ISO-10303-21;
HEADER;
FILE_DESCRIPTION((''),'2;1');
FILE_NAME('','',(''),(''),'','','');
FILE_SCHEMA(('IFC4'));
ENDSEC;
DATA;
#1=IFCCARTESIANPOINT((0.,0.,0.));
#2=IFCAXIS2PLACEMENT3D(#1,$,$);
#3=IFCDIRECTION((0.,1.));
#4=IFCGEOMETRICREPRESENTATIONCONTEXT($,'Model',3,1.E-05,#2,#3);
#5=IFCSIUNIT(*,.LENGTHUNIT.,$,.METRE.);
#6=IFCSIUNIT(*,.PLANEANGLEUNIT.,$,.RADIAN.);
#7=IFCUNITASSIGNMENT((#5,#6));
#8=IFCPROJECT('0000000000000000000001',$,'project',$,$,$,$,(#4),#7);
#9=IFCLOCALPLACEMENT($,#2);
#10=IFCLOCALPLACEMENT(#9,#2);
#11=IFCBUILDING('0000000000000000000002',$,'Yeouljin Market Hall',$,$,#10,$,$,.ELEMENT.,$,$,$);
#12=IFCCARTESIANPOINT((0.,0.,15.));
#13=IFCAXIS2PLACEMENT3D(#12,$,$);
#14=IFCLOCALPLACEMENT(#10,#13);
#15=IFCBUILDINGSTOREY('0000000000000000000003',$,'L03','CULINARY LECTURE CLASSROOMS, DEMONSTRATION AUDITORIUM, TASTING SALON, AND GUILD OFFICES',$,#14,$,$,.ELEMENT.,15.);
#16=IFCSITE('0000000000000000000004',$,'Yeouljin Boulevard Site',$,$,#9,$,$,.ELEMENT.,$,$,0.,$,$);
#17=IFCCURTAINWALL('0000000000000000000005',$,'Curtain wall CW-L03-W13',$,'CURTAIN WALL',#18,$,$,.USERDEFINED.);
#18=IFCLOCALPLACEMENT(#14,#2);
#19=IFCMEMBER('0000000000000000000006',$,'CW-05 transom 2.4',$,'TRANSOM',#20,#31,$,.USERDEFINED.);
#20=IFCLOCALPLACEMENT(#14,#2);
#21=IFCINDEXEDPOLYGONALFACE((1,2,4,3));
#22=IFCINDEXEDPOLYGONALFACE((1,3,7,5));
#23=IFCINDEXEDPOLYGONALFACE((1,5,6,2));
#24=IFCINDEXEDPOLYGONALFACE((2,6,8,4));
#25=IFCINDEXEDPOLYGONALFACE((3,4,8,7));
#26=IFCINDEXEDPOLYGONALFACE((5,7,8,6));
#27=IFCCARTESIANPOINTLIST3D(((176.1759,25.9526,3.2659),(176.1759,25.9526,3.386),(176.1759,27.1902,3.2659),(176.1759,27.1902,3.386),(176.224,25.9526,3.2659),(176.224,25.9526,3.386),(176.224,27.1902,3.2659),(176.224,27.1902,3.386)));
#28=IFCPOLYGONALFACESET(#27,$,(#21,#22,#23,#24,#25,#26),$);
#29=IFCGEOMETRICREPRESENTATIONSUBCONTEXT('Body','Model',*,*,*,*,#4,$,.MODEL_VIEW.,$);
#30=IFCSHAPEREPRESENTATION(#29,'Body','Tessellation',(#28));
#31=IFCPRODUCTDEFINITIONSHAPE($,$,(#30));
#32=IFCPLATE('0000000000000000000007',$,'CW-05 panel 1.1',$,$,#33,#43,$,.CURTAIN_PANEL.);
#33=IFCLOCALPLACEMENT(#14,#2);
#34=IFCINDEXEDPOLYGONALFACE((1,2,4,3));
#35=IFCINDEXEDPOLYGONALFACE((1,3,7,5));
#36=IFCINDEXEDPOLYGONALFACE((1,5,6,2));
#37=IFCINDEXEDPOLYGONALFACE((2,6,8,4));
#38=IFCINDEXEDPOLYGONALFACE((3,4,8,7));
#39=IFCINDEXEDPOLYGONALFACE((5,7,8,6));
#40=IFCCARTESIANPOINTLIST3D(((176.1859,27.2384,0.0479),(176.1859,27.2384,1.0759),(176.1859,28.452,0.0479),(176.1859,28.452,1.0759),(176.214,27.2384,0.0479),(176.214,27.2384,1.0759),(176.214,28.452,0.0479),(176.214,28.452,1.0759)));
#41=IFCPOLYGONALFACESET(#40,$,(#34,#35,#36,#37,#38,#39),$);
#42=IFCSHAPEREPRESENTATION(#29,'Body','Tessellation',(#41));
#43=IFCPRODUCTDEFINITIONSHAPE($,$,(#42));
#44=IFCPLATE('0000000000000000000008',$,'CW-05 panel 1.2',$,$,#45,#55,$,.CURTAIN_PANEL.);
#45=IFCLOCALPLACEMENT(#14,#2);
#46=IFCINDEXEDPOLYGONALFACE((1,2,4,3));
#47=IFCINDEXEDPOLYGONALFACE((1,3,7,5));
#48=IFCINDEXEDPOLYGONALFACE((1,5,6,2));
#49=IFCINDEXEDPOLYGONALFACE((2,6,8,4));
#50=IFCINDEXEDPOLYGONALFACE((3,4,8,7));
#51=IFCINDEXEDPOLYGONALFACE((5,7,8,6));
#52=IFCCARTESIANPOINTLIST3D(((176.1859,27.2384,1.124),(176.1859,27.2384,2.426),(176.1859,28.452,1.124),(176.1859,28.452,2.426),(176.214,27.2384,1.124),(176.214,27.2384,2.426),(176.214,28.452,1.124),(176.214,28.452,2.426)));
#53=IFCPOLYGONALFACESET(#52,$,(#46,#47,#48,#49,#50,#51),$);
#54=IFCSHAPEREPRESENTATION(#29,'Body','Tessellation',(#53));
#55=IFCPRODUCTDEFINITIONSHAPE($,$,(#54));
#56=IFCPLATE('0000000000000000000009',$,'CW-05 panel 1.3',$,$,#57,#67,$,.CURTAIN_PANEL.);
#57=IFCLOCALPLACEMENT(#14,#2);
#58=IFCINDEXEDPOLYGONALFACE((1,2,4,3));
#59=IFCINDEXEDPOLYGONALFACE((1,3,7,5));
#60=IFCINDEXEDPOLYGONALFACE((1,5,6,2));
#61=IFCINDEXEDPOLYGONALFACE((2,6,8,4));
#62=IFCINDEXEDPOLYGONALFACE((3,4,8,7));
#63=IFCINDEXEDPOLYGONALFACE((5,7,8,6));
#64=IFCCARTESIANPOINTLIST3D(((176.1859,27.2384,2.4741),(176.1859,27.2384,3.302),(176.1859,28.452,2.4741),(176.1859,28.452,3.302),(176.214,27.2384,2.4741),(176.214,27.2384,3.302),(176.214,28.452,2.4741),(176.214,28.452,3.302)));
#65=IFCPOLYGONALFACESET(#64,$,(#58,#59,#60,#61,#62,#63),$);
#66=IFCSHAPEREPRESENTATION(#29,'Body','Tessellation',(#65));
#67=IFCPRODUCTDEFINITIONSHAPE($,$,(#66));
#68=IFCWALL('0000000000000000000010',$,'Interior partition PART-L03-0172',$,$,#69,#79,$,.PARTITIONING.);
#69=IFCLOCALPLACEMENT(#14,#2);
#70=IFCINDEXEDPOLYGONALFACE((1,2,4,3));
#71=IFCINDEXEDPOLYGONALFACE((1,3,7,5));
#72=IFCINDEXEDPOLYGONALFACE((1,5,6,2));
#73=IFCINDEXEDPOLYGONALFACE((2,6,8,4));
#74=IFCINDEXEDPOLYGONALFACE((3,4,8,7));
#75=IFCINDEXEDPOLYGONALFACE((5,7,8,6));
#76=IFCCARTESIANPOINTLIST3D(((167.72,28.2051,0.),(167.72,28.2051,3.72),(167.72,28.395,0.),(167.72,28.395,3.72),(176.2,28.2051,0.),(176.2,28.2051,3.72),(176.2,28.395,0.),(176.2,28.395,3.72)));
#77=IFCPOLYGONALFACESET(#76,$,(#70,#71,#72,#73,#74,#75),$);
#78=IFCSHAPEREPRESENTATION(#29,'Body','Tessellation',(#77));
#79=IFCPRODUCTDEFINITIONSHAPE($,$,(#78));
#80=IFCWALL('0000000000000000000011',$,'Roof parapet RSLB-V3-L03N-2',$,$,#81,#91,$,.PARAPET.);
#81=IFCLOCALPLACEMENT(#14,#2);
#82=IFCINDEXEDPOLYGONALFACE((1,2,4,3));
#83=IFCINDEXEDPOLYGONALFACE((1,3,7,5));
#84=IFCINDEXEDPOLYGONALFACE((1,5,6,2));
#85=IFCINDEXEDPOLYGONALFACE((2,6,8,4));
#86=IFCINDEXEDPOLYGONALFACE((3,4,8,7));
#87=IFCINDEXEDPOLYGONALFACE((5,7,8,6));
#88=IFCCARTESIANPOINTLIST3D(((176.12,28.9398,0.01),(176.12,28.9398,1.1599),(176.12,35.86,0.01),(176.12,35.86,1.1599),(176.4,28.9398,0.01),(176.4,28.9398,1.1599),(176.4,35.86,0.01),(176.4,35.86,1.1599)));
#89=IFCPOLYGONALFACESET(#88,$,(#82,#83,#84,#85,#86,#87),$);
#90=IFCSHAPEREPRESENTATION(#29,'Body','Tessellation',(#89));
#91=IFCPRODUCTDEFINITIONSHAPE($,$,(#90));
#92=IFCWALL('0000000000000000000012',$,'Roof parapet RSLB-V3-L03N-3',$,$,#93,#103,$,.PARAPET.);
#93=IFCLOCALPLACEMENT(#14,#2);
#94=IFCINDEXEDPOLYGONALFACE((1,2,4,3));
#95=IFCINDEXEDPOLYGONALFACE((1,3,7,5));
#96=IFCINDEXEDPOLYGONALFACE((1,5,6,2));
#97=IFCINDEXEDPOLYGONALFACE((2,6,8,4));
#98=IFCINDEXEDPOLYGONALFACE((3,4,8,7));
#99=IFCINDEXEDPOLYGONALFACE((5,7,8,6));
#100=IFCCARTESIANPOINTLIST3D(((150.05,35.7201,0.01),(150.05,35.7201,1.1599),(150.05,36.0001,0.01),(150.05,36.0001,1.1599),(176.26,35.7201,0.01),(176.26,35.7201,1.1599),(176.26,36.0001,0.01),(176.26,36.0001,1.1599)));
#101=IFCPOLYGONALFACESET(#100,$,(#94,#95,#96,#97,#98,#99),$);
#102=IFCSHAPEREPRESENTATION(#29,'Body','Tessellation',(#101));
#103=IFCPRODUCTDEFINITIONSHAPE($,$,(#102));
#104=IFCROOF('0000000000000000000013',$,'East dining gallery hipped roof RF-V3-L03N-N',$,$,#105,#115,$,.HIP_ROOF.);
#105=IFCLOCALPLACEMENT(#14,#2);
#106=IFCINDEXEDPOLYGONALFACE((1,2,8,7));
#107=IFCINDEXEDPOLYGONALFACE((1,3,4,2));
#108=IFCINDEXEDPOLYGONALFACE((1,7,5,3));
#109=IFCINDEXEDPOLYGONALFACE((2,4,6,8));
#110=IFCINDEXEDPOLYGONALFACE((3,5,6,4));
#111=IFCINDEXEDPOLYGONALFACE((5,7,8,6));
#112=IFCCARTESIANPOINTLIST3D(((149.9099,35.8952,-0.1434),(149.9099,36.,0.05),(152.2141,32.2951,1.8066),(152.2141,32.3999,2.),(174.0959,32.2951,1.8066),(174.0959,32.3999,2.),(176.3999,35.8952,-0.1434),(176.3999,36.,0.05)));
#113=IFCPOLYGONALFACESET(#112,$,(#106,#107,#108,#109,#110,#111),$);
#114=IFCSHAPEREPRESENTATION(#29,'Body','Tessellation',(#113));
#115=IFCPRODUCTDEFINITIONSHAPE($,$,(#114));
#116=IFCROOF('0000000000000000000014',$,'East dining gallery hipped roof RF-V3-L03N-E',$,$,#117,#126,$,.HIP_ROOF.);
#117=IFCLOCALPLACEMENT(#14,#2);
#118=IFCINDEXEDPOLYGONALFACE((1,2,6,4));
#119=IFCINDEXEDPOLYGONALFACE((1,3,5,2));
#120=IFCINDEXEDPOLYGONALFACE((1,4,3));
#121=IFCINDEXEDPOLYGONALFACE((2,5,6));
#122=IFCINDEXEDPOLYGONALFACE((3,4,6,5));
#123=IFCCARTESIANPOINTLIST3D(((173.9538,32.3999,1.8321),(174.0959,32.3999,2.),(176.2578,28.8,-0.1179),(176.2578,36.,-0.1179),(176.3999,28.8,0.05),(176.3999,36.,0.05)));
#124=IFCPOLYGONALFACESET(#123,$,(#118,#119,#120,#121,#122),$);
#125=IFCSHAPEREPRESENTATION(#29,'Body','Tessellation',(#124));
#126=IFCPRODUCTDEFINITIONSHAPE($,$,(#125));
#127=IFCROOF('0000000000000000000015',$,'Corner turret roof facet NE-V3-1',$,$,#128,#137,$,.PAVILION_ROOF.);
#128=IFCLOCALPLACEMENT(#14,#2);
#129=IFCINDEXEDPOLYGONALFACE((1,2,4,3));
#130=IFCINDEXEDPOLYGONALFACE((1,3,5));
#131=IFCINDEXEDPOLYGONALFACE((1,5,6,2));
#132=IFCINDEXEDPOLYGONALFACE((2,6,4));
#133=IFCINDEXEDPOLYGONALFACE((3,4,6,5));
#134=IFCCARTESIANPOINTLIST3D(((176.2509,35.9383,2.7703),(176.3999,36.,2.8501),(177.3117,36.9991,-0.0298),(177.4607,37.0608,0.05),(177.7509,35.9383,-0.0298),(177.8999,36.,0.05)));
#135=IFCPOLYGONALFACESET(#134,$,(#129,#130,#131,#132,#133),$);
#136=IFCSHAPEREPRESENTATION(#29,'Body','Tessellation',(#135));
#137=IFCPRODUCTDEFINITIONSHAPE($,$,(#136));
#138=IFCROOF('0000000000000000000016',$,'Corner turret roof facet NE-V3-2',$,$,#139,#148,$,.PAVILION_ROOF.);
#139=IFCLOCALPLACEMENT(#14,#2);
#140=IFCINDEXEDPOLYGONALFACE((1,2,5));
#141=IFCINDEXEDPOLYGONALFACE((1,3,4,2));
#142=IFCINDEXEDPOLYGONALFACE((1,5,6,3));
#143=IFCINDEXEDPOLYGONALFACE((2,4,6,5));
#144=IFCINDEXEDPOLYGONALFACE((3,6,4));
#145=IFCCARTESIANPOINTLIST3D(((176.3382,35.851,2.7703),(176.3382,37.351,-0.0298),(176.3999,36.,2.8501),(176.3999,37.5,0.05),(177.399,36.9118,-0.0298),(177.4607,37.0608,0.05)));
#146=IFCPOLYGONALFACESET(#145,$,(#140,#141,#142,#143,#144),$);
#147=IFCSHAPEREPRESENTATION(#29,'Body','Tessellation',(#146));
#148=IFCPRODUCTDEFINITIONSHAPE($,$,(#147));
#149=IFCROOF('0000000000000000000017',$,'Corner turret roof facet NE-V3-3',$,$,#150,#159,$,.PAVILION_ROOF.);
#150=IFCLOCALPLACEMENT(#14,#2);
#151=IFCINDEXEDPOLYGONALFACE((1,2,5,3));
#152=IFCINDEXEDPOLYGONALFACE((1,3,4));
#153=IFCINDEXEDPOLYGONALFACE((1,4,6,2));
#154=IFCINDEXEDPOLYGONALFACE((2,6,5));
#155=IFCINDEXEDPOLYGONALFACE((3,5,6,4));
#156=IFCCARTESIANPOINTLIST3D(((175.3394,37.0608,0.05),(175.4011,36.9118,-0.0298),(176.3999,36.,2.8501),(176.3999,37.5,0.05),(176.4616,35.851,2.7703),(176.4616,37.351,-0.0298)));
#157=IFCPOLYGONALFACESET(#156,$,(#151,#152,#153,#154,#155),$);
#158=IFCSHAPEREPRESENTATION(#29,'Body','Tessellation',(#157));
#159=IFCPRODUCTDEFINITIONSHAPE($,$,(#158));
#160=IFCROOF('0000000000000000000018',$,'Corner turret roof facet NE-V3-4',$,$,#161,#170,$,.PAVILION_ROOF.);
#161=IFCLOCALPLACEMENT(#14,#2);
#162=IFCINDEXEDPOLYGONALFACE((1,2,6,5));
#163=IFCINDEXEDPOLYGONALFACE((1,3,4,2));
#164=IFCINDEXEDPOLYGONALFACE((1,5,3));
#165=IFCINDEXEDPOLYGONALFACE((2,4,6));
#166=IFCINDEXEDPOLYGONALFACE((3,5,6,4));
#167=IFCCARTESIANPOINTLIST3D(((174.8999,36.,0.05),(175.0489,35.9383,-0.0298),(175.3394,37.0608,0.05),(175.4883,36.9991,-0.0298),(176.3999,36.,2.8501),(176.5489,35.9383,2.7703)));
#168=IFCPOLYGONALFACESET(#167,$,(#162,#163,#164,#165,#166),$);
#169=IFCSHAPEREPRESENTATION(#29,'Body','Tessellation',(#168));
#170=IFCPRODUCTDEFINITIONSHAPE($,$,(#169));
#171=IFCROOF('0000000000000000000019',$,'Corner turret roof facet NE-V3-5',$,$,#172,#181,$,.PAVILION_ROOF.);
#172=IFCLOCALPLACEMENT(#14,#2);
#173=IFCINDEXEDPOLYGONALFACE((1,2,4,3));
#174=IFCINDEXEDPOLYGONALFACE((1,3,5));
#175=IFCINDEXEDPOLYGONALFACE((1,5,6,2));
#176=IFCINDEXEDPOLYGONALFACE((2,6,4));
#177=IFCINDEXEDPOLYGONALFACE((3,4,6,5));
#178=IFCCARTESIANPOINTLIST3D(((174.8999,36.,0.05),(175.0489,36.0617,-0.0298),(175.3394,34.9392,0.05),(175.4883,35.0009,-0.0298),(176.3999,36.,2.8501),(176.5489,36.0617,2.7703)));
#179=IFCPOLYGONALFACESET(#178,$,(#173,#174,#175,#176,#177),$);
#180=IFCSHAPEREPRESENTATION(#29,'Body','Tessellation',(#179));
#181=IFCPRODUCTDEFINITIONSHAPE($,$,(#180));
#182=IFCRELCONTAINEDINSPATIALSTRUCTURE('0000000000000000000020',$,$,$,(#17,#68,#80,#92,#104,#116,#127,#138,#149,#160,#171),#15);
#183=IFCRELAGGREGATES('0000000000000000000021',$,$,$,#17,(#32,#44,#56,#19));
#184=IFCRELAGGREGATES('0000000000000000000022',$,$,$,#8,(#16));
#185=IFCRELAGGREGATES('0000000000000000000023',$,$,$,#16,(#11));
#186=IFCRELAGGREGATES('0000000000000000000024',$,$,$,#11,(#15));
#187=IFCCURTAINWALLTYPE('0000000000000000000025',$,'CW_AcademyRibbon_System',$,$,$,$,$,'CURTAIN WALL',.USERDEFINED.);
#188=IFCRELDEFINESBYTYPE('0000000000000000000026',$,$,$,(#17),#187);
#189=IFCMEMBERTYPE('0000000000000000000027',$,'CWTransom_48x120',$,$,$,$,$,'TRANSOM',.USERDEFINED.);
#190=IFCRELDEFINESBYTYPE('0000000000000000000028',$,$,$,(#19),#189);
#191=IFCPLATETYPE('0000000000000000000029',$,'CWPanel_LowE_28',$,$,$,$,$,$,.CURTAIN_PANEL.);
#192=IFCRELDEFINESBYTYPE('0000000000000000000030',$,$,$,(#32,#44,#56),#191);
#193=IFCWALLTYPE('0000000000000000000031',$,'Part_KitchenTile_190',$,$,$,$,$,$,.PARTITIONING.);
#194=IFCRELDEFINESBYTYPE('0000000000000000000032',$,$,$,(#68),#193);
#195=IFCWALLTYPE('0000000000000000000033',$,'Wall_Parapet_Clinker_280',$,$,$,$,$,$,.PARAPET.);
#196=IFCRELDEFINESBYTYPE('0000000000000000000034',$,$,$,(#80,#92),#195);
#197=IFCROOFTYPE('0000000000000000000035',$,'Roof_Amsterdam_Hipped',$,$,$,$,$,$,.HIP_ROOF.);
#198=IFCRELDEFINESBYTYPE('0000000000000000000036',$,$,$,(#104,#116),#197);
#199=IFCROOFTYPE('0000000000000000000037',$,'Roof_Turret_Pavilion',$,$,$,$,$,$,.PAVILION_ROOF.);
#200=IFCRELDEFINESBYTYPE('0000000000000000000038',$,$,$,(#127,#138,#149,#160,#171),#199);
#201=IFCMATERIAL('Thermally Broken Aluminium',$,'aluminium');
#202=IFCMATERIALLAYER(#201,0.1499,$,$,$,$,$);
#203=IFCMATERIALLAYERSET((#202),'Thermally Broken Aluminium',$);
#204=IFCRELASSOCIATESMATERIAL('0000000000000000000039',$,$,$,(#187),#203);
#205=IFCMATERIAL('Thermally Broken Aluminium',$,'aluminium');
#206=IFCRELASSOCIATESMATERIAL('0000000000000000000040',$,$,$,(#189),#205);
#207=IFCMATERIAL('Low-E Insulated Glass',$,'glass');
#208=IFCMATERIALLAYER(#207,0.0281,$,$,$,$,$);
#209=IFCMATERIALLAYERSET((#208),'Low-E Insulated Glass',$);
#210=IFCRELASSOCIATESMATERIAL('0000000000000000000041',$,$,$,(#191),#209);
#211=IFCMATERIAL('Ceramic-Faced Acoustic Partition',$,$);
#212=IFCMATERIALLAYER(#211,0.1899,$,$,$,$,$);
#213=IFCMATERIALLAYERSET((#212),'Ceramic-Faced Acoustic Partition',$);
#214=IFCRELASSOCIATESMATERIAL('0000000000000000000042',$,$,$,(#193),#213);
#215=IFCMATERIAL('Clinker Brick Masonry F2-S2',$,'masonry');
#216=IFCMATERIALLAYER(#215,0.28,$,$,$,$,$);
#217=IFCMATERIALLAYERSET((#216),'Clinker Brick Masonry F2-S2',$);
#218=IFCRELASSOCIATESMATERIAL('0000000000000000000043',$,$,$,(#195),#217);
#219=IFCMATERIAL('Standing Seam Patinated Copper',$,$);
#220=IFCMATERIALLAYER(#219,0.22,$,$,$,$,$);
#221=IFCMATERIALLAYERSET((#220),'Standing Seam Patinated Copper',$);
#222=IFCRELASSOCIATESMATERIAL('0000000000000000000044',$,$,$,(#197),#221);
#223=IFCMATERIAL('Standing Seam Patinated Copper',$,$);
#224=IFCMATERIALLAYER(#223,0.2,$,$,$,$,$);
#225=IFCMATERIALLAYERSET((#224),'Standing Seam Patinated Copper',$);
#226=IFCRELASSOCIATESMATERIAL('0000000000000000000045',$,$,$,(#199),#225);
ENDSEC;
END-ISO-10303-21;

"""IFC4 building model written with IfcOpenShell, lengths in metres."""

from ifc_helpers import new_model, si_unit, direction, frame, frame_2d, origin, origin_2d, place, context, subcontext, project, spatial, polyline, rectangle, outline, extrude, material, layer, layer_set, material_profile, profile_set, type_object, element, aggregate, save


model = new_model("IFC4")

# Units and contexts
model_context = context("Model", 3, precision=1e-05, world=origin(), true_north=direction((0.0, 1.0)))
body_context = subcontext(model_context, "Body", "Model", "MODEL_VIEW")
ifc_project = project(units=[si_unit("LENGTHUNIT", "METRE"), si_unit("PLANEANGLEUNIT", "RADIAN")], contexts=[model_context])

# Site, building, storey
site_placement = place(None, origin())
site = spatial("IfcSite", under=ifc_project, at=site_placement, Name="Yeouljin Boulevard Site", CompositionType="ELEMENT", RefElevation=0.0)
building_placement = place(site_placement, origin())
building = spatial("IfcBuilding", under=site, at=building_placement, Name="Yeouljin Market Hall", CompositionType="ELEMENT")
storey_placement = place(building_placement, frame((0.0, 0.0, 15.0)))
storey = spatial("IfcBuildingStorey", under=building, at=storey_placement, Name="L03", Description="CULINARY LECTURE CLASSROOMS, DEMONSTRATION AUDITORIUM, TASTING SALON, AND GUILD OFFICES", CompositionType="ELEMENT", Elevation=15.0)

# Curtain wall, member, plates
ifc_material_1 = material(Name="Thermally Broken Aluminium", Category="aluminium")
ifc_layer_1 = layer(ifc_material_1, 0.1499)
ifc_layer_set_1 = layer_set([ifc_layer_1], Name="Thermally Broken Aluminium")
curtain_wall_type = type_object("IfcCurtainWallType", Name="CW_AcademyRibbon_System", ElementType="CURTAIN WALL", PredefinedType="USERDEFINED", material=ifc_layer_set_1)
curtain_wall_placement = place(storey_placement, origin())
curtain_wall = element("IfcCurtainWall", 1, at=curtain_wall_placement, inside=storey, type_object=curtain_wall_type, Name="Curtain wall CW-L03-W13", ObjectType="CURTAIN WALL", PredefinedType="USERDEFINED")
ifc_material_2 = material(Name="Thermally Broken Aluminium", Category="aluminium")
ifc_material_profile_1 = material_profile(ifc_material_2, rectangle(XDim=0.0481, YDim=0.1201, at=origin_2d()), Name="CW-TRAN-48x120")
ifc_profile_set_1 = profile_set([ifc_material_profile_1], Name="Thermally Broken Aluminium")
member_type_1 = type_object("IfcMemberType", Name="CWTransom_48x120", ElementType="TRANSOM", PredefinedType="USERDEFINED", material=ifc_profile_set_1)
member_1_placement = place(storey_placement, frame((176.2, 27.1902, 3.3259), z_axis=(0.0, -1.0, 0.0), x_axis=(1.0, 0.0, 0.0)))
member_1 = element("IfcMember", 2, at=member_1_placement, type_object=member_type_1, Name="CW-05 transom 2.4", ObjectType="TRANSOM", PredefinedType="USERDEFINED", context=body_context, shape_type="SweptSolid", body=[
    extrude(rectangle(XDim=0.0481, YDim=0.1201, at=origin_2d()), origin(), (0.0, 0.0, 1.0), 1.2375),
])
ifc_material_3 = material(Name="Low-E Insulated Glass", Category="glass")
ifc_layer_2 = layer(ifc_material_3, 0.0281)
ifc_layer_set_2 = layer_set([ifc_layer_2], Name="Low-E Insulated Glass")
plate_type = type_object("IfcPlateType", Name="CWPanel_LowE_28", PredefinedType="CURTAIN_PANEL", material=ifc_layer_set_2)
plate_1_placement = place(storey_placement, frame((176.2, 27.8452, 0.0479), z_axis=(0.0, 0.0, 1.0), x_axis=(0.0, -1.0, 0.0)))
plate_1 = element("IfcPlate", 3, at=plate_1_placement, type_object=plate_type, Name="CW-05 panel 1.1", PredefinedType="CURTAIN_PANEL", context=body_context, shape_type="SweptSolid", body=[
    extrude(rectangle(XDim=1.2136, YDim=0.0281, at=origin_2d()), origin(), (0.0, 0.0, 1.0), 1.0281),
])
plate_2_placement = place(storey_placement, frame((176.2, 27.8452, 1.124), z_axis=(0.0, 0.0, 1.0), x_axis=(0.0, -1.0, 0.0)))
plate_2 = element("IfcPlate", 4, at=plate_2_placement, type_object=plate_type, Name="CW-05 panel 1.2", PredefinedType="CURTAIN_PANEL", context=body_context, shape_type="SweptSolid", body=[
    extrude(rectangle(XDim=1.2136, YDim=0.0281, at=origin_2d()), origin(), (0.0, 0.0, 1.0), 1.302),
])
plate_3_placement = place(storey_placement, frame((176.2, 27.8452, 2.4741), z_axis=(0.0, 0.0, 1.0), x_axis=(0.0, -1.0, 0.0)))
plate_3 = element("IfcPlate", 5, at=plate_3_placement, type_object=plate_type, Name="CW-05 panel 1.3", PredefinedType="CURTAIN_PANEL", context=body_context, shape_type="SweptSolid", body=[
    extrude(rectangle(XDim=1.2136, YDim=0.0281, at=origin_2d()), origin(), (0.0, 0.0, 1.0), 0.8279),
])
aggregate(curtain_wall, [plate_1, plate_2, plate_3, member_1])

# Walls
ifc_material_4 = material(Name="Ceramic-Faced Acoustic Partition")
ifc_layer_3 = layer(ifc_material_4, 0.1899)
ifc_layer_set_3 = layer_set([ifc_layer_3], Name="Ceramic-Faced Acoustic Partition")
wall_type_1 = type_object("IfcWallType", Name="Part_KitchenTile_190", PredefinedType="PARTITIONING", material=ifc_layer_set_3)
wall_1_placement = place(storey_placement, frame((176.2, 28.3, 0.0), z_axis=(0.0, 0.0, 1.0), x_axis=(-1.0, 0.0, 0.0)))
element("IfcWall", 6, at=wall_1_placement, inside=storey, type_object=wall_type_1, Name="Interior partition PART-L03-0172", PredefinedType="PARTITIONING", context=body_context, shape_type="SweptSolid", body=[
    extrude(rectangle(XDim=8.48, YDim=0.1899, at=frame_2d((4.24, 0.0))), origin(), (0.0, 0.0, 1.0), 3.72),
])
ifc_material_5 = material(Name="Clinker Brick Masonry F2-S2", Category="masonry")
ifc_layer_4 = layer(ifc_material_5, 0.28)
ifc_layer_set_4 = layer_set([ifc_layer_4], Name="Clinker Brick Masonry F2-S2")
wall_type_2 = type_object("IfcWallType", Name="Wall_Parapet_Clinker_280", PredefinedType="PARAPET", material=ifc_layer_set_4)
wall_2_placement = place(storey_placement, frame((176.26, 28.9399, 0.01), z_axis=(0.0, 0.0, 1.0), x_axis=(0.0, 1.0, 0.0)))
element("IfcWall", 7, at=wall_2_placement, inside=storey, type_object=wall_type_2, Name="Roof parapet RSLB-V3-L03N-2", PredefinedType="PARAPET", context=body_context, shape_type="SweptSolid", body=[
    extrude(rectangle(XDim=6.9202, YDim=0.28, at=frame_2d((3.46, 0.0))), origin(), (0.0, 0.0, 1.0), 1.1499),
])
wall_3_placement = place(storey_placement, frame((176.26, 35.8601, 0.01), z_axis=(0.0, 0.0, 1.0), x_axis=(-1.0, 0.0, 0.0)))
element("IfcWall", 8, at=wall_3_placement, inside=storey, type_object=wall_type_2, Name="Roof parapet RSLB-V3-L03N-3", PredefinedType="PARAPET", context=body_context, shape_type="SweptSolid", body=[
    extrude(rectangle(XDim=26.21, YDim=0.28, at=frame_2d((13.105, 0.0))), origin(), (0.0, 0.0, 1.0), 1.1499),
])

# Roofs
ifc_material_6 = material(Name="Standing Seam Patinated Copper")
ifc_layer_5 = layer(ifc_material_6, 0.22)
ifc_layer_set_5 = layer_set([ifc_layer_5], Name="Standing Seam Patinated Copper")
roof_type_1 = type_object("IfcRoofType", Name="Roof_Amsterdam_Hipped", PredefinedType="HIP_ROOF", material=ifc_layer_set_5)
roof_1_placement = place(storey_placement, frame((176.3999, 36.0, 0.05), z_axis=(0.0, 0.476264, 0.879302), x_axis=(-1.0, 0.0, 0.0)))
element("IfcRoof", 9, at=roof_1_placement, inside=storey, type_object=roof_type_1, Name="East dining gallery hipped roof RF-V3-L03N-N", PredefinedType="HIP_ROOF", context=body_context, shape_type="SweptSolid", body=[
    extrude(outline(polyline([(0.0, 0.0), (26.49, 0.0), (24.1858, 4.0943), (2.304, 4.0943), (0.0, 0.0)])), origin(), (0.0, 0.0, -1.0), 0.22),
])
roof_2_placement = place(storey_placement, frame((176.3999, 28.8, 0.05), z_axis=(0.646029, 0.0, 0.763313), x_axis=(0.0, 1.0, 0.0)))
element("IfcRoof", 10, at=roof_2_placement, inside=storey, type_object=roof_type_1, Name="East dining gallery hipped roof RF-V3-L03N-E", PredefinedType="HIP_ROOF", context=body_context, shape_type="SweptSolid", body=[
    extrude(outline(polyline([(0.0, 0.0), (7.2, 0.0), (3.5999, 3.0184), (0.0, 0.0)])), origin(), (0.0, 0.0, -1.0), 0.22),
])
ifc_material_7 = material(Name="Standing Seam Patinated Copper")
ifc_layer_6 = layer(ifc_material_7, 0.2)
ifc_layer_set_6 = layer_set([ifc_layer_6], Name="Standing Seam Patinated Copper")
roof_type_2 = type_object("IfcRoofType", Name="Roof_Turret_Pavilion", PredefinedType="PAVILION_ROOF", material=ifc_layer_set_6)
roof_3_placement = place(storey_placement, frame((176.3999, 36.0, 2.8501), z_axis=(0.828057, 0.342848, 0.443594), x_axis=(0.472215, 0.0, -0.881483)))
element("IfcRoof", 11, at=roof_3_placement, inside=storey, type_object=roof_type_2, Name="Corner turret roof facet NE-V3-1", PredefinedType="PAVILION_ROOF", context=body_context, shape_type="SweptSolid", body=[
    extrude(outline(polyline([(0.0, 0.0), (3.1765, 0.0), (2.9691, 1.1292), (0.0, 0.0)])), origin(), (0.0, 0.0, -1.0), 0.1799),
])
roof_4_placement = place(storey_placement, frame((176.3999, 36.0, 2.8501), z_axis=(0.342848, 0.828057, 0.443594), x_axis=(0.333938, 0.333938, -0.881459)))
element("IfcRoof", 12, at=roof_4_placement, inside=storey, type_object=roof_type_2, Name="Corner turret roof facet NE-V3-2", PredefinedType="PAVILION_ROOF", context=body_context, shape_type="SweptSolid", body=[
    extrude(outline(polyline([(0.0, 0.0), (3.1766, 0.0), (2.969, 1.1292), (0.0, 0.0)])), origin(), (0.0, 0.0, -1.0), 0.1799),
])
roof_5_placement = place(storey_placement, frame((176.3999, 36.0, 2.8501), z_axis=(-0.342918, 0.828035, 0.443582), x_axis=(0.0, 0.472215, -0.881483)))
element("IfcRoof", 13, at=roof_5_placement, inside=storey, type_object=roof_type_2, Name="Corner turret roof facet NE-V3-3", PredefinedType="PAVILION_ROOF", context=body_context, shape_type="SweptSolid", body=[
    extrude(outline(polyline([(0.0, 0.0), (3.1765, 0.0), (2.9691, 1.129), (0.0, 0.0)])), origin(), (0.0, 0.0, -1.0), 0.1799),
])
roof_6_placement = place(storey_placement, frame((176.3999, 36.0, 2.8501), z_axis=(-0.828003, 0.343016, 0.443565), x_axis=(-0.33387, 0.333947, -0.881482)))
element("IfcRoof", 14, at=roof_6_placement, inside=storey, type_object=roof_type_2, Name="Corner turret roof facet NE-V3-4", PredefinedType="PAVILION_ROOF", context=body_context, shape_type="SweptSolid", body=[
    extrude(outline(polyline([(0.0, 0.0), (3.1765, 0.0), (2.969, 1.1293), (0.0, 0.0)])), origin(), (0.0, 0.0, -1.0), 0.1799),
])
roof_7_placement = place(storey_placement, frame((176.3999, 36.0, 2.8501), z_axis=(-0.828003, -0.343016, 0.443565), x_axis=(-0.472215, 0.0, -0.881483)))
element("IfcRoof", 15, at=roof_7_placement, inside=storey, type_object=roof_type_2, Name="Corner turret roof facet NE-V3-5", PredefinedType="PAVILION_ROOF", context=body_context, shape_type="SweptSolid", body=[
    extrude(outline(polyline([(0.0, 0.0), (3.1765, 0.0), (2.969, 1.1293), (0.0, 0.0)])), origin(), (0.0, 0.0, -1.0), 0.1799),
])

save(model, "model.ifc")
